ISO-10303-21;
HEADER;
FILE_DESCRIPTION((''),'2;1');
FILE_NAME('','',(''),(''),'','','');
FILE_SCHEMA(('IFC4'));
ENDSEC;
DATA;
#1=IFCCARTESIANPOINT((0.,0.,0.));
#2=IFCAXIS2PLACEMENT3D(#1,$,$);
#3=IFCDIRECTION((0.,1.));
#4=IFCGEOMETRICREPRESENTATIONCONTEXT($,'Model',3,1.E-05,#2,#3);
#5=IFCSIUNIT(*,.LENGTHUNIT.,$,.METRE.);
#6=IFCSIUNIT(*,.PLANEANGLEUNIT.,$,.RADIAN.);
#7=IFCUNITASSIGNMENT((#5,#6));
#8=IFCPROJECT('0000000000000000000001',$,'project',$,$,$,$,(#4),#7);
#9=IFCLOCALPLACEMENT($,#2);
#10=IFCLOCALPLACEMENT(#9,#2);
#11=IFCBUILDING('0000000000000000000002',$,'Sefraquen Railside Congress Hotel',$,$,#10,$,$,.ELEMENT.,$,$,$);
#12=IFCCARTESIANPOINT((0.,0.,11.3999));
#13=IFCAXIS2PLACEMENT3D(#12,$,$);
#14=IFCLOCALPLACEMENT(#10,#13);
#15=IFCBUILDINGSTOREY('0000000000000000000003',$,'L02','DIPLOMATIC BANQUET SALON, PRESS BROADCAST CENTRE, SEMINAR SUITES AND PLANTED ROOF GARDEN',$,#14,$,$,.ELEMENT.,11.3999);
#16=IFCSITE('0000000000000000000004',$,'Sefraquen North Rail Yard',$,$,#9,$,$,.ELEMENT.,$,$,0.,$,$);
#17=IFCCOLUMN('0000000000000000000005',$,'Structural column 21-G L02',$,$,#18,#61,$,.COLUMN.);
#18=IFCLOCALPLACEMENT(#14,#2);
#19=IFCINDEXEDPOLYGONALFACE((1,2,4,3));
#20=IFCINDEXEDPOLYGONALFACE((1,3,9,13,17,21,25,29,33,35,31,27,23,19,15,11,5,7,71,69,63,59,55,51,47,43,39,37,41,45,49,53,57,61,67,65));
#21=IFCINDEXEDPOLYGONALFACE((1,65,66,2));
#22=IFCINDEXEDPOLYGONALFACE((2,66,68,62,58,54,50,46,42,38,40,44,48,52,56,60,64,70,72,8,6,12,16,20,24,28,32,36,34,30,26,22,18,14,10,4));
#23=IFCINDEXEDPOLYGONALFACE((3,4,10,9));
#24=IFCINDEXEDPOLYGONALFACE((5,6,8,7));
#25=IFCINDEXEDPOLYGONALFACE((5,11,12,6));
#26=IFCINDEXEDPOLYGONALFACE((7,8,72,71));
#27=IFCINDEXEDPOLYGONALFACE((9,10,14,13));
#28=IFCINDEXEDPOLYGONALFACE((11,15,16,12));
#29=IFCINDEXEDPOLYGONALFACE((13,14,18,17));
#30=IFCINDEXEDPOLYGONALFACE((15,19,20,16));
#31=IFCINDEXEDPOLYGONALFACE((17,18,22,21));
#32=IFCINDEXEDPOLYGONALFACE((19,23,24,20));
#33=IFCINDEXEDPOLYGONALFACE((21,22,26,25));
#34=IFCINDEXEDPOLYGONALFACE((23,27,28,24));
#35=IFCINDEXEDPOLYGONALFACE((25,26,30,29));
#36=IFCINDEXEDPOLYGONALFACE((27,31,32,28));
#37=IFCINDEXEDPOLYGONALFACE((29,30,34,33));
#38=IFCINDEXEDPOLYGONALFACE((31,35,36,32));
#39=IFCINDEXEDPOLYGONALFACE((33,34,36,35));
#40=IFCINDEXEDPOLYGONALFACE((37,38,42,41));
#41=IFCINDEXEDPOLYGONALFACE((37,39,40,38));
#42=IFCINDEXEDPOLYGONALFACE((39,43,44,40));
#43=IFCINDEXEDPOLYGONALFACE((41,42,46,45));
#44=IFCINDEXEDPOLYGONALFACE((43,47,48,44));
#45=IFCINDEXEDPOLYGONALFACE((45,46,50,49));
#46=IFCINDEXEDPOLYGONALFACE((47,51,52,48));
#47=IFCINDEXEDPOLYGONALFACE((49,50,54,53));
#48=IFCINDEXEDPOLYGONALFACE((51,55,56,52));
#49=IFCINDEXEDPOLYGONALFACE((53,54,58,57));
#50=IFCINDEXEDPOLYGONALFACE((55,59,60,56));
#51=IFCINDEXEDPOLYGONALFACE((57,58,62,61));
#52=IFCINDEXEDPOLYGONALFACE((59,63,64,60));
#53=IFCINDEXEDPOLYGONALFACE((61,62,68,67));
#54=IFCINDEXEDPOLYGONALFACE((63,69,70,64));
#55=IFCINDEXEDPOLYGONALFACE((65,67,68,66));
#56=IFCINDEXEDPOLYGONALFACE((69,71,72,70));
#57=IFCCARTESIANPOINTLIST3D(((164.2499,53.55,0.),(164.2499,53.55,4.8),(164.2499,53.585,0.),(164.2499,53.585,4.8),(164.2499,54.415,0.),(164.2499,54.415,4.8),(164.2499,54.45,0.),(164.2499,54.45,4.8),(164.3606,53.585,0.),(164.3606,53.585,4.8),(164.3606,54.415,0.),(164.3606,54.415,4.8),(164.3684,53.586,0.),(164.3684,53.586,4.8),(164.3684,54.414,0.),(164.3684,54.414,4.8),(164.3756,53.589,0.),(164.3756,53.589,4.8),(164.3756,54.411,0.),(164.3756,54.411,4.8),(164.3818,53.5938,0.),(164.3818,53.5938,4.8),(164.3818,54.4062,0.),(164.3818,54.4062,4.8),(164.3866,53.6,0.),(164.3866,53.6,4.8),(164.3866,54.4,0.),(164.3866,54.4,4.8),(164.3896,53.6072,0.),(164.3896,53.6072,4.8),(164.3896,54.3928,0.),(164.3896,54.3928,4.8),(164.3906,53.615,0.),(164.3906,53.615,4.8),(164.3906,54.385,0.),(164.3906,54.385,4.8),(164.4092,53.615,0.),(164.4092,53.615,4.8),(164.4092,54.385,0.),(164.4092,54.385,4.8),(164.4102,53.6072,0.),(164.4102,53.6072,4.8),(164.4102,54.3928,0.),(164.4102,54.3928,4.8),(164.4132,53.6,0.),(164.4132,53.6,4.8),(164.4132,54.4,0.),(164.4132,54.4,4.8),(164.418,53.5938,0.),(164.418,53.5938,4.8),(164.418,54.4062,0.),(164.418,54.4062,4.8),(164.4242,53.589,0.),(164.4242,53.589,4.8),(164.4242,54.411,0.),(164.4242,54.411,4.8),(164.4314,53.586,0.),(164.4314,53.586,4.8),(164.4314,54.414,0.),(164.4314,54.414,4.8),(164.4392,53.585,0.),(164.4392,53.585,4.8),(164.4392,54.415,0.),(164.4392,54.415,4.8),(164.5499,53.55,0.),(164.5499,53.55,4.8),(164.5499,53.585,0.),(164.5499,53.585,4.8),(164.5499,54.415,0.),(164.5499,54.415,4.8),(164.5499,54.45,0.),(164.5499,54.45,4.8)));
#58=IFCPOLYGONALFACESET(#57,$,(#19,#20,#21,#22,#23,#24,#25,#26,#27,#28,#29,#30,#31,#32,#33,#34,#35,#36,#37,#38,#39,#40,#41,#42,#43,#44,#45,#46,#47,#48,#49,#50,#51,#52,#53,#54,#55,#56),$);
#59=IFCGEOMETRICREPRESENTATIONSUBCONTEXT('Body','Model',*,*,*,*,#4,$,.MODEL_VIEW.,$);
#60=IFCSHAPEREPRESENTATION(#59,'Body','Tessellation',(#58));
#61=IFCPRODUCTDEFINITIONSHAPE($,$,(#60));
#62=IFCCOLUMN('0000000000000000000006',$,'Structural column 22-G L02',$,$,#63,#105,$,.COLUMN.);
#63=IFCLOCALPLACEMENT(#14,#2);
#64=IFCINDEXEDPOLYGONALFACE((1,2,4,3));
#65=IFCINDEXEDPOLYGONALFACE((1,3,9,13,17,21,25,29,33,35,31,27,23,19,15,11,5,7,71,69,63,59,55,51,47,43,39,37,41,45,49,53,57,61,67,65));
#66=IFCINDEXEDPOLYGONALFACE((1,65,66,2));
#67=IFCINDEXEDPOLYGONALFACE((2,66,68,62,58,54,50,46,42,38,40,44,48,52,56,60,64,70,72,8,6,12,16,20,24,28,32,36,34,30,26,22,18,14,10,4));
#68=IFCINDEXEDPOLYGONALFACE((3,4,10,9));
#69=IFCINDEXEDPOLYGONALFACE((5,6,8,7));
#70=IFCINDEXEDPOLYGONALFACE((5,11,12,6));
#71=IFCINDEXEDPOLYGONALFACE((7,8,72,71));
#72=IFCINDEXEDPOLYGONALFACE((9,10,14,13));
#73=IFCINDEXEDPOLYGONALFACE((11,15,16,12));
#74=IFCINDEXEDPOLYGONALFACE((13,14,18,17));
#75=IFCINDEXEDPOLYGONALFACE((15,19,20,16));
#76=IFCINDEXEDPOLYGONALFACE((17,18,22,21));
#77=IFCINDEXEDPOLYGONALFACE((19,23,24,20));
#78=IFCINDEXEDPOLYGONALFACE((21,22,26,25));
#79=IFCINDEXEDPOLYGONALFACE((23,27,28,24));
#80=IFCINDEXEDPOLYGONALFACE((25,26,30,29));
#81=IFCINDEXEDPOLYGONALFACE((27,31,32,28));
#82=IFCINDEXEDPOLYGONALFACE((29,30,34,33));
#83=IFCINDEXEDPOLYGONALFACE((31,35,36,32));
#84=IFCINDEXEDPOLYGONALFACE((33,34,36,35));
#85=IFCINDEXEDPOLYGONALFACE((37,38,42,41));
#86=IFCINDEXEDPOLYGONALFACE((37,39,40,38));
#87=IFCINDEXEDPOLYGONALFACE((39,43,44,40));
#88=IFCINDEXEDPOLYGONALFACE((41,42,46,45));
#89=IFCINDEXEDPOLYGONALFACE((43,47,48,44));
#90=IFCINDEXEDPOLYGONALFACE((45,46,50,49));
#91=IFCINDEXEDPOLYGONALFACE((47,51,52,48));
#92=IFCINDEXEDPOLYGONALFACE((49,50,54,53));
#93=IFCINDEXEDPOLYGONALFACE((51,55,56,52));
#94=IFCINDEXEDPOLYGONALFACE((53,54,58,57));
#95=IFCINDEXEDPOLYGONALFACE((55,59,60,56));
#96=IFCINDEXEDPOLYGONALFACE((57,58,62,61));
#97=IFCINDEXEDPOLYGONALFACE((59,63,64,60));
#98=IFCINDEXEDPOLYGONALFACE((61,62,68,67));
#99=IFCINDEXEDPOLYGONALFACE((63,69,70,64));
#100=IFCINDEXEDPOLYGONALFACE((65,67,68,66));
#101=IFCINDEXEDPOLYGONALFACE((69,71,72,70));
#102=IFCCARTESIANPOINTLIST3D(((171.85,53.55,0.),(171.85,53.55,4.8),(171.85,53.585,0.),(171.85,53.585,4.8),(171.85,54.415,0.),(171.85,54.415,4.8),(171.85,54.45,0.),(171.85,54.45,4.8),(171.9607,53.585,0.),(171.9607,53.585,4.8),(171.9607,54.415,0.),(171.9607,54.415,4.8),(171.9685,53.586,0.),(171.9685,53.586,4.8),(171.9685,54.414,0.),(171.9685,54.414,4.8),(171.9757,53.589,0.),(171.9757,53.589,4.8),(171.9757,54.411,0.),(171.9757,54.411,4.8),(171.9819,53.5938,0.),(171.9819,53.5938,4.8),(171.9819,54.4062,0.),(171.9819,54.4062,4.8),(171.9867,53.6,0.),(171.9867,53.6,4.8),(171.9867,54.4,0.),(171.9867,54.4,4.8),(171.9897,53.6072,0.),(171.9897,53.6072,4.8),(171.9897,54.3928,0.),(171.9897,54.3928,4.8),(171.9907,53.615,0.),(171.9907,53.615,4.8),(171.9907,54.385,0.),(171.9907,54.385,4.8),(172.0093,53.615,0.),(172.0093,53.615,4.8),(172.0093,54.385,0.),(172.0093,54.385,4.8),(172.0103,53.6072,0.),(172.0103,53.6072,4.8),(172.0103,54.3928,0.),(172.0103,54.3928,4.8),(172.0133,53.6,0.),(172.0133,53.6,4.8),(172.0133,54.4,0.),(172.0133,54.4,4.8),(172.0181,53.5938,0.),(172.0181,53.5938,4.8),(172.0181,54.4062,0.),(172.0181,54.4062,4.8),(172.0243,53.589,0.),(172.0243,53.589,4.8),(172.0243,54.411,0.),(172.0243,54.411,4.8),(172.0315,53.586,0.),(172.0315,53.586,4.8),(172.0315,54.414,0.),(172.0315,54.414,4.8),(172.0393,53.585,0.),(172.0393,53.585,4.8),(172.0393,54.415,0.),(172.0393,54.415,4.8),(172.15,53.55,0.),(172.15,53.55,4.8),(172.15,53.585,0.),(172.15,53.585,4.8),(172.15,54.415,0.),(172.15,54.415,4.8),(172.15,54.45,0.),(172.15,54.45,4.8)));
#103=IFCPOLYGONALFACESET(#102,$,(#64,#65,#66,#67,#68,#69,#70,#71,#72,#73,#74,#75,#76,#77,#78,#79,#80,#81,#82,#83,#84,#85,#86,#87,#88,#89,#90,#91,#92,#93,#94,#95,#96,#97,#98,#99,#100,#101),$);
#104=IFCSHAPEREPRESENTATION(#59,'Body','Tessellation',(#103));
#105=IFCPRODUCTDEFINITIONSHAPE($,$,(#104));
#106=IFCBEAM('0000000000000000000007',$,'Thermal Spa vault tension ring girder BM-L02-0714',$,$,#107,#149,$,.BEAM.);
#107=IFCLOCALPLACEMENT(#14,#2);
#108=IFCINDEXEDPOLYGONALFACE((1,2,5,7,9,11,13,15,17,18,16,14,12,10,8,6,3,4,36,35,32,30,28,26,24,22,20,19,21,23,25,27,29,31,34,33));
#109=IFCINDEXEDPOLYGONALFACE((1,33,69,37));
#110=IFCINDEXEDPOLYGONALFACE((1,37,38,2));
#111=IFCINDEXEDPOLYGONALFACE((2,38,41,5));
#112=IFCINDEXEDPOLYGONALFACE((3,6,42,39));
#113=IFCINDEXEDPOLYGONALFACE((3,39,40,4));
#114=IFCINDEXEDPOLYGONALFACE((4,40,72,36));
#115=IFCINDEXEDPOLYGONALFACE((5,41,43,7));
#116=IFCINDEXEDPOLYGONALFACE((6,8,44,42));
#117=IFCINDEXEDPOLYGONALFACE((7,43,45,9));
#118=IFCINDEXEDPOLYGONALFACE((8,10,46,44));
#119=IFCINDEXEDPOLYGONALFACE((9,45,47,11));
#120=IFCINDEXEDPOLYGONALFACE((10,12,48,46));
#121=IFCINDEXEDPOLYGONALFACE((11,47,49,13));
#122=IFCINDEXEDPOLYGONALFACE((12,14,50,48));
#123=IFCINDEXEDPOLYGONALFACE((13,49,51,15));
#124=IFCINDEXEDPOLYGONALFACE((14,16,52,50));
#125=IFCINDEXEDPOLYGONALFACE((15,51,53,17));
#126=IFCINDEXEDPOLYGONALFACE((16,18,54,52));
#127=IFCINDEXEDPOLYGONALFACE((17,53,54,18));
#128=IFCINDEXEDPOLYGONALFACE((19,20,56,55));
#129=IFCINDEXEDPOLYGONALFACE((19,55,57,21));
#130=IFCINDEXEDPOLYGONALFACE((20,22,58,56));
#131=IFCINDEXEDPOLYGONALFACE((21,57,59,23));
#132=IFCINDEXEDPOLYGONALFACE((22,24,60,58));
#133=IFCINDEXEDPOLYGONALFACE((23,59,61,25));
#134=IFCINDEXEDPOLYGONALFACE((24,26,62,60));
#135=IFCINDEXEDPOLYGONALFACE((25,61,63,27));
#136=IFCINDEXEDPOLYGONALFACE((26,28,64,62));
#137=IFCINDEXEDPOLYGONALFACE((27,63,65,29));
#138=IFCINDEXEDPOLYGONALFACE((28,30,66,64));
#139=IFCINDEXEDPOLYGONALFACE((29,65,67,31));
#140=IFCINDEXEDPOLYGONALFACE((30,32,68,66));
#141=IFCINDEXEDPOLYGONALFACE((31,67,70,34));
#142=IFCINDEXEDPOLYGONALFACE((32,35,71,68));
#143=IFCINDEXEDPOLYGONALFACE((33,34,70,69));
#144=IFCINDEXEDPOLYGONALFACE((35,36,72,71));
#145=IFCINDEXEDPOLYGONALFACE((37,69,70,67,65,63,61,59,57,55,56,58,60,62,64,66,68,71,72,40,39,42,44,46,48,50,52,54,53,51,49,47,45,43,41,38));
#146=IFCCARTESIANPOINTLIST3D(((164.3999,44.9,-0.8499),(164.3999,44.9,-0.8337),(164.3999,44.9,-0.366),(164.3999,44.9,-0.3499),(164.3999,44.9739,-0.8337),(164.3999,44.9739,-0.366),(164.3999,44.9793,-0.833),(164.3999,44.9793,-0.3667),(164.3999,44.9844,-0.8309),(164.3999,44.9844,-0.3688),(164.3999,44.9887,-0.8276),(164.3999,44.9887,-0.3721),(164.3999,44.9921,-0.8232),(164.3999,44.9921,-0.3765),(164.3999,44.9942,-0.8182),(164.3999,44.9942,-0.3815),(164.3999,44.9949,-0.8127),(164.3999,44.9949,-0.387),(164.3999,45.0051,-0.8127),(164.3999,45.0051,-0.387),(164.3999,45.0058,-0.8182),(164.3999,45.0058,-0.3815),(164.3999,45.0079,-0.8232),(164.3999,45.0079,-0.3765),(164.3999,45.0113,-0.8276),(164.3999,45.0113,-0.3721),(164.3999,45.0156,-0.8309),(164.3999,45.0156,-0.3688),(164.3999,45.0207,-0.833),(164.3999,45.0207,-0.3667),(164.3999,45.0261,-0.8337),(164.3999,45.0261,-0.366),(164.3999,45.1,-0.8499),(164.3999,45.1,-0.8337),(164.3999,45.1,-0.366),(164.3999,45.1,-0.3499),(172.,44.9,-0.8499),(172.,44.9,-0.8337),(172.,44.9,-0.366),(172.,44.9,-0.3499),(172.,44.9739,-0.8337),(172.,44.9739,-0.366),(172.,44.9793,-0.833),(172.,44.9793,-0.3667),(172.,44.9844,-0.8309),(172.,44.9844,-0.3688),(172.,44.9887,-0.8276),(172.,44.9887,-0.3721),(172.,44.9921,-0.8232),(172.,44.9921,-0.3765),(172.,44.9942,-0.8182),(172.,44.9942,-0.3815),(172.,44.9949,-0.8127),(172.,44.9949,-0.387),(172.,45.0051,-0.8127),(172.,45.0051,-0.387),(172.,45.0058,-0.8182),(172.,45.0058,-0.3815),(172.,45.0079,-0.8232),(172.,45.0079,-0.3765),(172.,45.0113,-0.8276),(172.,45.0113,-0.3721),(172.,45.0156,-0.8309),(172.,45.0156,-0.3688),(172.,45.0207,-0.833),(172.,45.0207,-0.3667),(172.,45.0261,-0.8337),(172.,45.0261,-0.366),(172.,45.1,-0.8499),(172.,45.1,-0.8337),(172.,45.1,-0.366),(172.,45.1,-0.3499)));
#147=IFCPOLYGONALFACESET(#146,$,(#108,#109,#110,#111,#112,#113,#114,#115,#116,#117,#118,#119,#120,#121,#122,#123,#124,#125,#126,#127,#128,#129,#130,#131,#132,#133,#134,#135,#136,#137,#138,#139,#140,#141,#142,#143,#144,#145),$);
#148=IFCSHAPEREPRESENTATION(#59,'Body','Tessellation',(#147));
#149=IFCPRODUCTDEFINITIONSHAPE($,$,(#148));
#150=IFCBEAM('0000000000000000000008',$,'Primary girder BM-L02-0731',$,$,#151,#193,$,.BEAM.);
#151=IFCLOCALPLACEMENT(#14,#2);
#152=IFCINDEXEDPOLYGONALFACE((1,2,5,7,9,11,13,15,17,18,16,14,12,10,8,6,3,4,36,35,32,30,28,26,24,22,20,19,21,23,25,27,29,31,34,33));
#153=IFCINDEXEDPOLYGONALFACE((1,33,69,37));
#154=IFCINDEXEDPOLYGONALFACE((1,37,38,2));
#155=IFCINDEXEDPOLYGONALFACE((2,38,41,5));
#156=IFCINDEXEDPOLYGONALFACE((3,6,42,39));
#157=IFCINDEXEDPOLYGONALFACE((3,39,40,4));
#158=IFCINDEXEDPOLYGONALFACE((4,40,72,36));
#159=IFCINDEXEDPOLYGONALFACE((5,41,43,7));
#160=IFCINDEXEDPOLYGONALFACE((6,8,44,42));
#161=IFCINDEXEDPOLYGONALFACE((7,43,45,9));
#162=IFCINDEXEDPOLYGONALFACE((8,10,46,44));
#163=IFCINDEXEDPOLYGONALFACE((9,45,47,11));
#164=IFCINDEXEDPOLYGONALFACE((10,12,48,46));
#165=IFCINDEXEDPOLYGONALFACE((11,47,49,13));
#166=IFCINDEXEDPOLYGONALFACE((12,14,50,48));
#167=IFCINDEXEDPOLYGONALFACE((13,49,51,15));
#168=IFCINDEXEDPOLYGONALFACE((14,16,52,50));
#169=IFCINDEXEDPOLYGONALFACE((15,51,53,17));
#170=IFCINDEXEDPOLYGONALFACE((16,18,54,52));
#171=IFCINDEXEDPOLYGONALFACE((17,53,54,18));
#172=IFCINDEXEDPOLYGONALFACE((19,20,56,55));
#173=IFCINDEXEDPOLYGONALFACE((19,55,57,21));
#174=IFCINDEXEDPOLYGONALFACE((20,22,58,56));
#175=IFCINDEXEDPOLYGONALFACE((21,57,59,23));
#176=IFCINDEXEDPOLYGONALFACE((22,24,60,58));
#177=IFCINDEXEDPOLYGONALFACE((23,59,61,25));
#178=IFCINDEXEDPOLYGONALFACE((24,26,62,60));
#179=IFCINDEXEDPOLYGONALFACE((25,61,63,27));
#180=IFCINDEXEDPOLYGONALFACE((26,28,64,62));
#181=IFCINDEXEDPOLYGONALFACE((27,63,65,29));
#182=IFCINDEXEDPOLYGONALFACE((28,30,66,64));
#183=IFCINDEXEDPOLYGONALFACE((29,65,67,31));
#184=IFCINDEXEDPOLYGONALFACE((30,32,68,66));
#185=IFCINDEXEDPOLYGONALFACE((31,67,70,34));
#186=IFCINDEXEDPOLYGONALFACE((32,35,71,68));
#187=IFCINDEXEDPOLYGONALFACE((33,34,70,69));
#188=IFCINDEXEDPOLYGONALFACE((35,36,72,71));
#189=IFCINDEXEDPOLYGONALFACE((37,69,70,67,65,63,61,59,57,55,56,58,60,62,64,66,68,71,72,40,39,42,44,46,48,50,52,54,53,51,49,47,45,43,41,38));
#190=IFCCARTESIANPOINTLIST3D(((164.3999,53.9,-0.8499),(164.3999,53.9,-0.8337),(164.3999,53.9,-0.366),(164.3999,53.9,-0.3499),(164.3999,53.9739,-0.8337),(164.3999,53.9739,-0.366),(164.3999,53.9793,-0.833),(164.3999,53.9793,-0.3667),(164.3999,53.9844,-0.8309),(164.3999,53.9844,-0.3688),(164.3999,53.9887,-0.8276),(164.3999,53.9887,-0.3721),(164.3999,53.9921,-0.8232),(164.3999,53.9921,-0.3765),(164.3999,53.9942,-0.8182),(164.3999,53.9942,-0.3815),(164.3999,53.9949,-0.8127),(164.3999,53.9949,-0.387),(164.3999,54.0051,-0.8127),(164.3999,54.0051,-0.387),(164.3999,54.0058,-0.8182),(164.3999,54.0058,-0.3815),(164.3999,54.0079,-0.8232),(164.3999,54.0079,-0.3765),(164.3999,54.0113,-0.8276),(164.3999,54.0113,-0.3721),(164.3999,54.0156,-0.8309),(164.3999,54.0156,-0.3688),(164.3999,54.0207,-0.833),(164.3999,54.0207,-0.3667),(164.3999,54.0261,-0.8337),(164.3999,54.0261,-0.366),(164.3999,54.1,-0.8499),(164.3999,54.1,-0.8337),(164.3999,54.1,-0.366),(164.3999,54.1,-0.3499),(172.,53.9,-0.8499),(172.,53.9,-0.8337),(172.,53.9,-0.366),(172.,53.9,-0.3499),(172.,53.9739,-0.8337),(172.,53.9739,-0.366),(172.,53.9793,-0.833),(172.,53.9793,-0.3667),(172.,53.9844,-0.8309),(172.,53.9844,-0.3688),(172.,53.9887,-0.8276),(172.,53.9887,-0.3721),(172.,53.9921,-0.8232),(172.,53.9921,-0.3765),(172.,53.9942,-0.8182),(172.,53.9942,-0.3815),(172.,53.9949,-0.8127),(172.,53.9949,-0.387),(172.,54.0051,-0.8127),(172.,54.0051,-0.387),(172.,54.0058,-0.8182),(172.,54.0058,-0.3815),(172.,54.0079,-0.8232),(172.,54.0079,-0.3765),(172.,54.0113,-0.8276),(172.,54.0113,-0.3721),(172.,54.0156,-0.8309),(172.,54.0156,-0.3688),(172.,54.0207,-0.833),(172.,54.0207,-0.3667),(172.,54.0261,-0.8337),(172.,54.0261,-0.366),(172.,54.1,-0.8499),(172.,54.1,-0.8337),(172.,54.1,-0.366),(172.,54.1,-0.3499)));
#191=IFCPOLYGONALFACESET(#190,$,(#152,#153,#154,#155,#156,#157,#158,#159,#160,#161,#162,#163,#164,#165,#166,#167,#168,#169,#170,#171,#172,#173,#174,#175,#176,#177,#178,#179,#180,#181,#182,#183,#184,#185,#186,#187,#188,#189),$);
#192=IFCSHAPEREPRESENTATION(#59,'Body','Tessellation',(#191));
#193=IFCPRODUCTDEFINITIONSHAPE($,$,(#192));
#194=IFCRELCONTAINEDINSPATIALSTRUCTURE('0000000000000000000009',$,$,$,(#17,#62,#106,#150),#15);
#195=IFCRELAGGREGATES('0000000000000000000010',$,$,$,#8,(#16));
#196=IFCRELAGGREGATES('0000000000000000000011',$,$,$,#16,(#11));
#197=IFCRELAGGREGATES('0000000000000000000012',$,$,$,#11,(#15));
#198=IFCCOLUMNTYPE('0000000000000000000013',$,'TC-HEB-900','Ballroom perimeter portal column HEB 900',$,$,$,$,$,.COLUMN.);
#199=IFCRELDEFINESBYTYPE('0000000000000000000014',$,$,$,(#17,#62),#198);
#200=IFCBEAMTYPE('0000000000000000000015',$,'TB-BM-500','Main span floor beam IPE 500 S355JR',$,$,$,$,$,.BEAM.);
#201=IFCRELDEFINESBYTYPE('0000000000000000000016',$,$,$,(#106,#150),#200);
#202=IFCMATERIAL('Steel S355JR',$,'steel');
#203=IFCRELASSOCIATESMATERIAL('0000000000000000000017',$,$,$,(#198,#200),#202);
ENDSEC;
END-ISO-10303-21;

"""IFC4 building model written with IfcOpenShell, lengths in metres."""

from ifc_helpers import new_model, si_unit, direction, frame, origin, origin_2d, place, context, subcontext, project, spatial, i_section, extrude, material, material_profile, profile_set, type_object, element, save


model = new_model("IFC4")

# Units and contexts
model_context = context("Model", 3, precision=1e-05, world=origin(), true_north=direction((0.0, 1.0)))
body_context = subcontext(model_context, "Body", "Model", "MODEL_VIEW")
ifc_project = project(units=[si_unit("LENGTHUNIT", "METRE"), si_unit("PLANEANGLEUNIT", "RADIAN")], contexts=[model_context])

# Site, building, storey
site_placement = place(None, origin())
site = spatial("IfcSite", under=ifc_project, at=site_placement, Name="Sefraquen North Rail Yard", CompositionType="ELEMENT", RefElevation=0.0)
building_placement = place(site_placement, origin())
building = spatial("IfcBuilding", under=site, at=building_placement, Name="Sefraquen Railside Congress Hotel", CompositionType="ELEMENT")
storey_placement = place(building_placement, frame((0.0, 0.0, 11.3999)))
storey = spatial("IfcBuildingStorey", under=building, at=storey_placement, Name="L02", Description="DIPLOMATIC BANQUET SALON, PRESS BROADCAST CENTRE, SEMINAR SUITES AND PLANTED ROOF GARDEN", CompositionType="ELEMENT", Elevation=11.3999)

# Columns
ifc_material_1 = material(Name="Steel S355JR", Category="steel")
ifc_material_profile_1 = material_profile(ifc_material_1, i_section(OverallWidth=0.3, OverallDepth=0.8999, WebThickness=0.0186, FlangeThickness=0.0349, FilletRadius=0.03, at=origin_2d()), Name="HEB 900")
ifc_profile_set_1 = profile_set([ifc_material_profile_1], Name="Steel S355JR")
column_type = type_object("IfcColumnType", Name="TC-HEB-900", Description="Ballroom perimeter portal column HEB 900", PredefinedType="COLUMN", material=ifc_profile_set_1)
for number, where, z_axis, x_axis, name in (
    (1, (164.3999, 54.0, 0.0), (0.0, 0.0, 1.0), (1.0, 0.0, 0.0), "Structural column 21-G L02"),
    (2, (172.0, 54.0, 0.0), (0.0, 0.0, 1.0), (1.0, 0.0, 0.0), "Structural column 22-G L02"),
):
    element("IfcColumn", number, at=place(storey_placement, frame(where, z_axis=z_axis, x_axis=x_axis)), inside=storey, type_object=column_type, Name=name, PredefinedType="COLUMN", context=body_context, shape_type="SweptSolid", body=[
        extrude(i_section(OverallWidth=0.3, OverallDepth=0.8999, WebThickness=0.0186, FlangeThickness=0.0349, FilletRadius=0.03, at=origin_2d()), origin(), (0.0, 0.0, 1.0), 4.8),
    ])

# Beams
ifc_material_profile_2 = material_profile(ifc_material_1, i_section(OverallWidth=0.2, OverallDepth=0.5, WebThickness=0.0103, FlangeThickness=0.0161, FilletRadius=0.021, at=origin_2d()), Name="IPE 500")
ifc_profile_set_2 = profile_set([ifc_material_profile_2], Name="Steel S355JR")
beam_type_1 = type_object("IfcBeamType", Name="TB-BM-500", Description="Main span floor beam IPE 500 S355JR", PredefinedType="BEAM", material=ifc_profile_set_2)
for number, where, z_axis, x_axis, name in (
    (3, (164.3999, 45.0, -0.5999), (1.0, 0.0, 0.0), (0.0, 1.0, 0.0), "Thermal Spa vault tension ring girder BM-L02-0714"),
    (4, (164.3999, 54.0, -0.5999), (1.0, 0.0, 0.0), (0.0, 1.0, 0.0), "Primary girder BM-L02-0731"),
):
    element("IfcBeam", number, at=place(storey_placement, frame(where, z_axis=z_axis, x_axis=x_axis)), inside=storey, type_object=beam_type_1, Name=name, PredefinedType="BEAM", context=body_context, shape_type="SweptSolid", body=[
        extrude(i_section(OverallWidth=0.2, OverallDepth=0.5, WebThickness=0.0103, FlangeThickness=0.0161, FilletRadius=0.021, at=origin_2d()), origin(), (0.0, 0.0, 1.0), 7.6001),
    ])

save(model, "model.ifc")
